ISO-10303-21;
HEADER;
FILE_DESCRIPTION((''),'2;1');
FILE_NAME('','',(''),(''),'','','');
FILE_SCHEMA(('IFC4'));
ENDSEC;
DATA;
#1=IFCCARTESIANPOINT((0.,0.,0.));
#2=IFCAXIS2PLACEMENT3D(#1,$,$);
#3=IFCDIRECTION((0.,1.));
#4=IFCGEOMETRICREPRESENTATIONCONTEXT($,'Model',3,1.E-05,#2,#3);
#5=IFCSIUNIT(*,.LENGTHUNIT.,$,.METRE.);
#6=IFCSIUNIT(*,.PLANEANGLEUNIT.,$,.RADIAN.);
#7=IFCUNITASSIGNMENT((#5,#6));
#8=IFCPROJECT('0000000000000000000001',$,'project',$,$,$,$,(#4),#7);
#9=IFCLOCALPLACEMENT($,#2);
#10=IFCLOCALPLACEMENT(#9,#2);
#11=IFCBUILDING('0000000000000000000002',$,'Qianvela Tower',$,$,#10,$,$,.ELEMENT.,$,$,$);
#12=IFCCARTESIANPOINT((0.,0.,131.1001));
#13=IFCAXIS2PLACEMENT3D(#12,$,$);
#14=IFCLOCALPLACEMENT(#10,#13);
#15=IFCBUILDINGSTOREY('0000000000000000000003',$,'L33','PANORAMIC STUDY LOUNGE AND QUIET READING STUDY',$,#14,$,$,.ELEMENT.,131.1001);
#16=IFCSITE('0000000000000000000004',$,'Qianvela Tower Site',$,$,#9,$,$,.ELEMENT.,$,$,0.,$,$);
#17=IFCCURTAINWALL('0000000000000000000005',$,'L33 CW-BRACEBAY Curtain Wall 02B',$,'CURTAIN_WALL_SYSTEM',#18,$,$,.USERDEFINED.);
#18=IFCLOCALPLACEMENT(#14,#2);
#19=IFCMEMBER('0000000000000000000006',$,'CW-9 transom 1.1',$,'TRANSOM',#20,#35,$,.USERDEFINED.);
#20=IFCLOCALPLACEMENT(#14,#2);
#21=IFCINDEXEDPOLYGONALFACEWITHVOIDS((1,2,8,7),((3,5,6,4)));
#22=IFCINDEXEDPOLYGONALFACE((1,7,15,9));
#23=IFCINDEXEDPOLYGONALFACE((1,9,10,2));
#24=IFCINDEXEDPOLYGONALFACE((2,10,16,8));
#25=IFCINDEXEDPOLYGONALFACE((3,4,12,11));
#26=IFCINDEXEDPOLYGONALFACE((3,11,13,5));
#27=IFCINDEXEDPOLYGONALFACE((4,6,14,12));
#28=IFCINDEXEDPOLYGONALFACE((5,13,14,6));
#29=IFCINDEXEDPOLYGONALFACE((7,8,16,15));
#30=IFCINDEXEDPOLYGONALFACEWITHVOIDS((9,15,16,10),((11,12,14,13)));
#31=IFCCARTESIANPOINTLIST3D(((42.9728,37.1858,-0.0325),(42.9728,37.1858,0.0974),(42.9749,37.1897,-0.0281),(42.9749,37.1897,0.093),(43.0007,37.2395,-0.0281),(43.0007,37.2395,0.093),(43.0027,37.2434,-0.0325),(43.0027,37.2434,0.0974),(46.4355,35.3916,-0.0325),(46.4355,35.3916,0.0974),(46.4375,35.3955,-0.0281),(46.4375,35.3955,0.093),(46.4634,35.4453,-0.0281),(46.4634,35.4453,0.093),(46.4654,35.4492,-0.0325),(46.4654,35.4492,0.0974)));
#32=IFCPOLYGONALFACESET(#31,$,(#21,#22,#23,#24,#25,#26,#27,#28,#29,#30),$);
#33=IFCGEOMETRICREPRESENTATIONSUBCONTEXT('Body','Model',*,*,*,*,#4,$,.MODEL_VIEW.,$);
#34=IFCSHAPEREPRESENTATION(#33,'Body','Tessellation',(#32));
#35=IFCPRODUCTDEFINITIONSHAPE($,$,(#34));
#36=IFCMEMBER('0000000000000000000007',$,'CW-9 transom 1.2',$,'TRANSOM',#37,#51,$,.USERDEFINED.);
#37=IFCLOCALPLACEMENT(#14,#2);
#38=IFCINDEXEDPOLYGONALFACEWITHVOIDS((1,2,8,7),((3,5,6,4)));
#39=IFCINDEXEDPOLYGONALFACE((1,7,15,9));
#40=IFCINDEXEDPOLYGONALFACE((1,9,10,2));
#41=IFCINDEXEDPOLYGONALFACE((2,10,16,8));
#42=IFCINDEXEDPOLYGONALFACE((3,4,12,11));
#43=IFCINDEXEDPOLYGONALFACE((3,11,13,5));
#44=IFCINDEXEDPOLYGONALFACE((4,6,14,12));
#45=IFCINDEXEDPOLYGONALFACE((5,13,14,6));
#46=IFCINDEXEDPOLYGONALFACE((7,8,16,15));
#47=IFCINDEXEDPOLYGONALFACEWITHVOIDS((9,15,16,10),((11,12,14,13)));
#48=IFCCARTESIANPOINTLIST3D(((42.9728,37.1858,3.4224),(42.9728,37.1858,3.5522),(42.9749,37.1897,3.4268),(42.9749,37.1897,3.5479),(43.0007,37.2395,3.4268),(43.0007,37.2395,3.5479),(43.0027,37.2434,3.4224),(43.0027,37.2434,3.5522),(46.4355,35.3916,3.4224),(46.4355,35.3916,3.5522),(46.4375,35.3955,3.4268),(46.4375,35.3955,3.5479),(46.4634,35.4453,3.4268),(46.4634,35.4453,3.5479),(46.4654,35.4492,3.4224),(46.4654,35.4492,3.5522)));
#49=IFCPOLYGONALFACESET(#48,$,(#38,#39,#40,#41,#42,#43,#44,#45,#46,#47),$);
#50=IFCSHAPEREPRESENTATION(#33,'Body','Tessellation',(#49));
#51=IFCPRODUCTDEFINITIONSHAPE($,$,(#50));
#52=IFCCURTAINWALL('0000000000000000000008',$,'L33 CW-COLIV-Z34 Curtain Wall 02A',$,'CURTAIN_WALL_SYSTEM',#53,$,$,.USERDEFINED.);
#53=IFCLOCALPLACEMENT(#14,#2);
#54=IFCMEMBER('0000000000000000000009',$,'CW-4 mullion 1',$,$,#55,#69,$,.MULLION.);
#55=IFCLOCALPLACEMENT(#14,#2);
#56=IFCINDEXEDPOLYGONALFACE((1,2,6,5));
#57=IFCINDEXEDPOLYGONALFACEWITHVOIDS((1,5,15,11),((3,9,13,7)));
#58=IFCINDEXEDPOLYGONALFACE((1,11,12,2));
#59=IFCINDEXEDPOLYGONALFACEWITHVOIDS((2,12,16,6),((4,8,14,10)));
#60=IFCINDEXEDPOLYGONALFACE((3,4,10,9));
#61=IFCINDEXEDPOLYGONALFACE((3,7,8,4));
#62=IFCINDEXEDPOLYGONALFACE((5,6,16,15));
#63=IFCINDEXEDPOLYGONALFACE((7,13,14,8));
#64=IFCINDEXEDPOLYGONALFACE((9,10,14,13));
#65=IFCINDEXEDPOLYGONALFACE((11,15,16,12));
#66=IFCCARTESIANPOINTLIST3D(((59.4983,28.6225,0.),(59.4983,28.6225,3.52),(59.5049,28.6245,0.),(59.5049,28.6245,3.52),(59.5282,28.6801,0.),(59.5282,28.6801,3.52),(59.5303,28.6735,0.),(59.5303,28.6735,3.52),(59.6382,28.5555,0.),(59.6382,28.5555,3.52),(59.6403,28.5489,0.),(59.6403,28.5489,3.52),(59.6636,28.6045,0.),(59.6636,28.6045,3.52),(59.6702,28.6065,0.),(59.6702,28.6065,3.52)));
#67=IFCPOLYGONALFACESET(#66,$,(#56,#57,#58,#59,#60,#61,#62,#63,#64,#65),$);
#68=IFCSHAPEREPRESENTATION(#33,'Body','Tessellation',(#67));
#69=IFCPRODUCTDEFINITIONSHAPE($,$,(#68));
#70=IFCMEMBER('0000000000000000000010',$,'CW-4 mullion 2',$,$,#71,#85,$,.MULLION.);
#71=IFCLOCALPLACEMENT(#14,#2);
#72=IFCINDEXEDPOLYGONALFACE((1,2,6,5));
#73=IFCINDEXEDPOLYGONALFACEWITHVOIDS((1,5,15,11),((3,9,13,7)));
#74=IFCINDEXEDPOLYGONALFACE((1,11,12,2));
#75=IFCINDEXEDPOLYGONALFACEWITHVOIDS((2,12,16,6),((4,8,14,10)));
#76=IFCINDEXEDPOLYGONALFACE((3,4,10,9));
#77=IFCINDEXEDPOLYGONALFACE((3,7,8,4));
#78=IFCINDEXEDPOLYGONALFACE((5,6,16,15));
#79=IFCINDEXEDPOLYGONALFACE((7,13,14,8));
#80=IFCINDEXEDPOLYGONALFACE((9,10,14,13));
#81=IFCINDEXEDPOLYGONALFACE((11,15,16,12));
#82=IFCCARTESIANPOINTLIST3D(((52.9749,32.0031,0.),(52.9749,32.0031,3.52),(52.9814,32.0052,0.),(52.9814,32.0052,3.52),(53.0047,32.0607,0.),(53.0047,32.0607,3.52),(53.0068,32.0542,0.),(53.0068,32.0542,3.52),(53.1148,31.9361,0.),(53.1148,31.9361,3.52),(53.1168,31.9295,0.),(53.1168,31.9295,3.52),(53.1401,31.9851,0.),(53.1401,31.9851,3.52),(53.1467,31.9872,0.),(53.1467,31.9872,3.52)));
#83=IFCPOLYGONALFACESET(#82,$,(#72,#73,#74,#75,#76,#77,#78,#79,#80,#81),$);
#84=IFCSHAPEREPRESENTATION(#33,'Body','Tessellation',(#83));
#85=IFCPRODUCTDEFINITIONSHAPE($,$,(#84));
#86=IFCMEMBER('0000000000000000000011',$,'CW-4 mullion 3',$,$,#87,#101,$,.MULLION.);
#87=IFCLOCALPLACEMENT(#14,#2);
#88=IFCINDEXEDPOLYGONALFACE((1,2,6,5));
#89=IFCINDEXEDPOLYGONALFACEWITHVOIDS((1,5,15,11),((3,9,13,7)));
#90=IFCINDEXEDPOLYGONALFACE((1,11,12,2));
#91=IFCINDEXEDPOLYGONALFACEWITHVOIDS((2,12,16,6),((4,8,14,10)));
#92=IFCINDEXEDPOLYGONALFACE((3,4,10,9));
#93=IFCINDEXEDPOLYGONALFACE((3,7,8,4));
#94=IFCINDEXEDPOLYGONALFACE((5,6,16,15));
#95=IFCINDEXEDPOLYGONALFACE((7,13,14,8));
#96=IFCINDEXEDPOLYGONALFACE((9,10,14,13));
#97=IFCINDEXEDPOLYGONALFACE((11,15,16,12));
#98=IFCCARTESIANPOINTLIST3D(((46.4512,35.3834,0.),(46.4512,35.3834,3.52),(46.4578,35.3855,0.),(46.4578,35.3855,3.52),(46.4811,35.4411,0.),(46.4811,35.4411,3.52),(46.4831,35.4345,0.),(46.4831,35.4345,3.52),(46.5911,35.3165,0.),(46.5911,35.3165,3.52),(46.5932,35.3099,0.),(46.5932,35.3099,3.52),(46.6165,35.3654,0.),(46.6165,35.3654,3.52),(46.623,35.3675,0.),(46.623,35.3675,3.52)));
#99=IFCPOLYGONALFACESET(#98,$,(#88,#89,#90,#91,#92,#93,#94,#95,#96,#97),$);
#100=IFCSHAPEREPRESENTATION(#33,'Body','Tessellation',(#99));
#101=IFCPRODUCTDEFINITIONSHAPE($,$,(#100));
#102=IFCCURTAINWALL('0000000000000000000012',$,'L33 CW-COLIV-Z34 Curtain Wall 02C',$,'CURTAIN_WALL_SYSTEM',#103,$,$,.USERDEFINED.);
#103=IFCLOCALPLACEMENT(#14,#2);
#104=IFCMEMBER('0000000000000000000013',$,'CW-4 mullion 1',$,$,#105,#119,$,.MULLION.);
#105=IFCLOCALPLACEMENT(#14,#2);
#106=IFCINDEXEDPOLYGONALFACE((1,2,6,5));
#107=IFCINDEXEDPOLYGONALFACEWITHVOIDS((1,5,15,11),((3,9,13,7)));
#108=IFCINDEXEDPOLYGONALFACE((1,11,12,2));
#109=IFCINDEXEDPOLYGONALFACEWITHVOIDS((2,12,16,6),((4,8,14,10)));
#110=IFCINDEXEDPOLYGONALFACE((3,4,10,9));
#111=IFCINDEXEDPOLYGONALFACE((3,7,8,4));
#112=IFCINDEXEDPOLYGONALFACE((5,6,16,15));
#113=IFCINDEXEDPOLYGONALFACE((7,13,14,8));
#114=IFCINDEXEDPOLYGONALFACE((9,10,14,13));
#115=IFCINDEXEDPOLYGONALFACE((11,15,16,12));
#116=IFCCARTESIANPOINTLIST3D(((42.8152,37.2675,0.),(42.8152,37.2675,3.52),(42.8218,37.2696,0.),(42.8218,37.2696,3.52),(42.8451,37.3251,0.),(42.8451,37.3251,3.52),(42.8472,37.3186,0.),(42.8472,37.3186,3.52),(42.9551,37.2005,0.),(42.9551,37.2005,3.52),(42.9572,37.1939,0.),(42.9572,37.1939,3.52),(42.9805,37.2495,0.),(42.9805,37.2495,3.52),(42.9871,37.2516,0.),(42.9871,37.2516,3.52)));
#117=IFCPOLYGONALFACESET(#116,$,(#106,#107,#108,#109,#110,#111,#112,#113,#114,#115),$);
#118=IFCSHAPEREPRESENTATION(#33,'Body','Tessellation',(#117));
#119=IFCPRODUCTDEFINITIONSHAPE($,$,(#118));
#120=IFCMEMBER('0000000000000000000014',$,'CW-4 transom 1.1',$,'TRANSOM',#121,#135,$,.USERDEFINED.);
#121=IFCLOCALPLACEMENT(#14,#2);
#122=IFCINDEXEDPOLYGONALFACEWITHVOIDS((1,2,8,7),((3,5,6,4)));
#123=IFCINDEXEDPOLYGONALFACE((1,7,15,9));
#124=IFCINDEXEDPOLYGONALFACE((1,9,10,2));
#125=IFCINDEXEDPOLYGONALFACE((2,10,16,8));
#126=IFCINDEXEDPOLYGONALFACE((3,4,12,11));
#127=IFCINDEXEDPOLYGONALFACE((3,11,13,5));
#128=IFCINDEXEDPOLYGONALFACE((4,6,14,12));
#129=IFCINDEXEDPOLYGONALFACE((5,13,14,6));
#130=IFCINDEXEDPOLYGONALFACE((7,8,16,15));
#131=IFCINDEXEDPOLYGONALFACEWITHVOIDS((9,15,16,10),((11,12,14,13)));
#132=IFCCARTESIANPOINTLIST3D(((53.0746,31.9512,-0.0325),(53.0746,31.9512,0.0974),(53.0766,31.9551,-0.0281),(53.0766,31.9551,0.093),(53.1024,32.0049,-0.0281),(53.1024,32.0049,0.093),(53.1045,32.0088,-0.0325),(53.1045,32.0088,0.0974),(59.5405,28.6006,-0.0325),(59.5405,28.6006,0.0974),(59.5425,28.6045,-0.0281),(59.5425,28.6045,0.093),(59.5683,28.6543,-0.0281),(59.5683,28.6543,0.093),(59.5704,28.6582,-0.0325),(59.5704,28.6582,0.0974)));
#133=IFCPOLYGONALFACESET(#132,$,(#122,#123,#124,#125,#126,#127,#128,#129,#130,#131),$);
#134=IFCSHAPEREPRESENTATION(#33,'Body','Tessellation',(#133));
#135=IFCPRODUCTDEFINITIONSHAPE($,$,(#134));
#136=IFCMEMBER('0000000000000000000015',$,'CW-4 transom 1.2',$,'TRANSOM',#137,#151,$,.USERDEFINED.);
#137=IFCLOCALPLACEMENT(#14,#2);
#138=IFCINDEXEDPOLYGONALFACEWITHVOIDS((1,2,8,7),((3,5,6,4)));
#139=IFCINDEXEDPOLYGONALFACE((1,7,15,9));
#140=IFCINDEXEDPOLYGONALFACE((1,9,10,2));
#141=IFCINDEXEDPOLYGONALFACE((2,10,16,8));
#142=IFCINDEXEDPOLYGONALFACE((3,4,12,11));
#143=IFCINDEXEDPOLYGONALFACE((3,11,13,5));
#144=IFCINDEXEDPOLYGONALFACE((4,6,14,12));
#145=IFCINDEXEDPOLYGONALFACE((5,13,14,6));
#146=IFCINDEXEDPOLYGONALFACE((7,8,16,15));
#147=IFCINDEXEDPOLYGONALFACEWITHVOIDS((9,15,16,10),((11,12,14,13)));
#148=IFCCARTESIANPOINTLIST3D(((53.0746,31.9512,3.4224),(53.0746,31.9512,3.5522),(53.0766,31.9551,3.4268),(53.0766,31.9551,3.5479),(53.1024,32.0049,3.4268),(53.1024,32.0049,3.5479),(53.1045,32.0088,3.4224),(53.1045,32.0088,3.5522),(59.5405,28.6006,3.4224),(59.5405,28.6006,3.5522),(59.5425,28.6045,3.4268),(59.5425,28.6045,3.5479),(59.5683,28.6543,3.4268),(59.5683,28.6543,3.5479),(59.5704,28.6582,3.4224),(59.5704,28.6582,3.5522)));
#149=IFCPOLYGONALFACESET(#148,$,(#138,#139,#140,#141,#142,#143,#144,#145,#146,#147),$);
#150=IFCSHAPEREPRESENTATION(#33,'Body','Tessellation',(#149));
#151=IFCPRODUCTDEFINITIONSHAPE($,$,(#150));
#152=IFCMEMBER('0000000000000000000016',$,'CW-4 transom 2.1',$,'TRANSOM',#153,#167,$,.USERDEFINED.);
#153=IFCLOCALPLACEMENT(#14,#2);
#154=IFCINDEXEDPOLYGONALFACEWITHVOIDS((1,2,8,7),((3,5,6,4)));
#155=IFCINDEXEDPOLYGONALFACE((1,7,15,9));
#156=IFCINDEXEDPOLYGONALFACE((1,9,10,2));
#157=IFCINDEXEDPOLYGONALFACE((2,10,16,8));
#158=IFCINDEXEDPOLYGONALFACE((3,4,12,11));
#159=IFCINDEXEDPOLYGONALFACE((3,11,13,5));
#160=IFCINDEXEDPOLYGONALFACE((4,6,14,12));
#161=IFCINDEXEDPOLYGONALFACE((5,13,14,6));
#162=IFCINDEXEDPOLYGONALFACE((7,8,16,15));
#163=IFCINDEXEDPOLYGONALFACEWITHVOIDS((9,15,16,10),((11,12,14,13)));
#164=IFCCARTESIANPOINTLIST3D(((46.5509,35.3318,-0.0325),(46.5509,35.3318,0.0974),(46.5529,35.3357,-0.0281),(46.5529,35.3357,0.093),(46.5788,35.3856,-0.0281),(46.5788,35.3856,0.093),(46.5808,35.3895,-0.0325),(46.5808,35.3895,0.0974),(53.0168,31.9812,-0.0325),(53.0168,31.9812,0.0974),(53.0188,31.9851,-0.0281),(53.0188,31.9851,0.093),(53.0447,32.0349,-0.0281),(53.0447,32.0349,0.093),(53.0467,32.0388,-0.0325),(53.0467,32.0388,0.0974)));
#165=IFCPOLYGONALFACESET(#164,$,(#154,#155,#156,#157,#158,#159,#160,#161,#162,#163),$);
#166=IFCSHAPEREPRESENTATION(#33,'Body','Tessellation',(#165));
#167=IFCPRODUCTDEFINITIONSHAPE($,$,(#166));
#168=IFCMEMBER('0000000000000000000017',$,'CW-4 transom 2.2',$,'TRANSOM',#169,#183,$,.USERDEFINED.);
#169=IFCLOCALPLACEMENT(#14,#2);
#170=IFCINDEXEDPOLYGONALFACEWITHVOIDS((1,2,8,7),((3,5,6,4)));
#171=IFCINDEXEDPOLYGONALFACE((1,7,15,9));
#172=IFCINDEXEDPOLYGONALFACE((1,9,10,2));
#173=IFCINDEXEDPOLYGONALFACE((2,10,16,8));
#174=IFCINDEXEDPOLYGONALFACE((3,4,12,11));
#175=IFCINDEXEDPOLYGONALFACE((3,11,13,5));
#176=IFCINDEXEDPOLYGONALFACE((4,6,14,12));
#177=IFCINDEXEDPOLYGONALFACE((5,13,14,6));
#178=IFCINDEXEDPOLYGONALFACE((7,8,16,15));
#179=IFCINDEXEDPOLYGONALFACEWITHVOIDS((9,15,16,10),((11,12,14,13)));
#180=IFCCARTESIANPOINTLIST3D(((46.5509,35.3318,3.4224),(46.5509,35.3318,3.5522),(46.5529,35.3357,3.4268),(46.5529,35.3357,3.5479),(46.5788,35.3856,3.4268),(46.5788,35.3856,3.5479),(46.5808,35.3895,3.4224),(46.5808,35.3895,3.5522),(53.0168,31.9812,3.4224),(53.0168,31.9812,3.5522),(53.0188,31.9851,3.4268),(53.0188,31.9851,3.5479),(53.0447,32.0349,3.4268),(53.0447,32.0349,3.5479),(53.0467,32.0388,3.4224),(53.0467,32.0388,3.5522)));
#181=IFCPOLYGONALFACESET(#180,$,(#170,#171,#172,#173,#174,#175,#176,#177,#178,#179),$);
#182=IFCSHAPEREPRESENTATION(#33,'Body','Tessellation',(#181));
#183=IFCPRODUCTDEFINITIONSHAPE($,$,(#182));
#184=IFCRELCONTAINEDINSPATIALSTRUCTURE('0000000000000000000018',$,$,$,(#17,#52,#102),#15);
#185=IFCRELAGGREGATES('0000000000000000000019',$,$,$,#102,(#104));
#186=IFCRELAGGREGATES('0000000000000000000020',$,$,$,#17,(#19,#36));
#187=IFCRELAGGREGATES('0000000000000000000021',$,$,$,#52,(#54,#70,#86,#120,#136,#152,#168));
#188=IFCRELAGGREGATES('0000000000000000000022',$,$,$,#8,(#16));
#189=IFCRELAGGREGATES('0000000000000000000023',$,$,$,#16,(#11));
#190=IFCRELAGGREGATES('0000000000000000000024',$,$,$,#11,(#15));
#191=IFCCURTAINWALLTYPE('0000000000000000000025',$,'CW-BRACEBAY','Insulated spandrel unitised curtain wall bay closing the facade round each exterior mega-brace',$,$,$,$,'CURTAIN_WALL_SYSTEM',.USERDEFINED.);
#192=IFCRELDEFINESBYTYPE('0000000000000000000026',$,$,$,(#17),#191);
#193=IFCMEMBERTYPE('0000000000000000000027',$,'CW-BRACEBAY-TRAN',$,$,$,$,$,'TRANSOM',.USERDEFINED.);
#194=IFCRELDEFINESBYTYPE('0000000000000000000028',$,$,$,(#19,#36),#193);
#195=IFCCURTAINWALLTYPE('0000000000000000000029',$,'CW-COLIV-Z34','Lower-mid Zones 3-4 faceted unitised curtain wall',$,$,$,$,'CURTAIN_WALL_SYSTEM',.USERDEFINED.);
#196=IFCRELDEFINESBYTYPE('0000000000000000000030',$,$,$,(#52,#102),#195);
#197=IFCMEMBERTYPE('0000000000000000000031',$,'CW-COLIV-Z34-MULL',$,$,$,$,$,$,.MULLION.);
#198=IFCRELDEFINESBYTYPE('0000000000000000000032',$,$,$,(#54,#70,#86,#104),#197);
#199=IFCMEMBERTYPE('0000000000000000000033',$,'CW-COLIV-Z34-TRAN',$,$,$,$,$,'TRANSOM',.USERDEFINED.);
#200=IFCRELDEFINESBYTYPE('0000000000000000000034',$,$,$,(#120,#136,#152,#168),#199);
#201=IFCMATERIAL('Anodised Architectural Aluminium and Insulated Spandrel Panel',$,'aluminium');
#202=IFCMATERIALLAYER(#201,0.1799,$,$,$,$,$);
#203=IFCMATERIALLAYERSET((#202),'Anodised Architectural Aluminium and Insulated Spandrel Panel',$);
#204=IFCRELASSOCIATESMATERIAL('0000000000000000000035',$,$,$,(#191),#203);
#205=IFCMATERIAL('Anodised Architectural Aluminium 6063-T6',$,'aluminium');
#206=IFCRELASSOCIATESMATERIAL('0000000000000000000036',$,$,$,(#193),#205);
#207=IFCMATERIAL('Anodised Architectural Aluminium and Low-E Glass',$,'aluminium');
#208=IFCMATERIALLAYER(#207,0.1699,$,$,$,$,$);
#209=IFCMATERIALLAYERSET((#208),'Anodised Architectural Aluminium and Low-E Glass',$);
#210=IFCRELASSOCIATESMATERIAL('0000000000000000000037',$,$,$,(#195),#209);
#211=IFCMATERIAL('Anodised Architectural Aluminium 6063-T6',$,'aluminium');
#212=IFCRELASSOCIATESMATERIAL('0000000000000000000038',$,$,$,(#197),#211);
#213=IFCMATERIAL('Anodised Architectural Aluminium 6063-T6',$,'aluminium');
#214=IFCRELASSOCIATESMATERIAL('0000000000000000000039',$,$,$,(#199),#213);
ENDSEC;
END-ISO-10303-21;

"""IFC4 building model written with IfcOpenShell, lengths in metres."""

from ifc_helpers import new_model, si_unit, direction, frame, origin, origin_2d, place, context, subcontext, project, spatial, hollow_rectangle, extrude, material, layer, layer_set, material_profile, profile_set, type_object, element, aggregate, save


model = new_model("IFC4")

# Units and contexts
model_context = context("Model", 3, precision=1e-05, world=origin(), true_north=direction((0.0, 1.0)))
body_context = subcontext(model_context, "Body", "Model", "MODEL_VIEW")
ifc_project = project(units=[si_unit("LENGTHUNIT", "METRE"), si_unit("PLANEANGLEUNIT", "RADIAN")], contexts=[model_context])

# Site, building, storey
site_placement = place(None, origin())
site = spatial("IfcSite", under=ifc_project, at=site_placement, Name="Qianvela Tower Site", CompositionType="ELEMENT", RefElevation=0.0)
building_placement = place(site_placement, origin())
building = spatial("IfcBuilding", under=site, at=building_placement, Name="Qianvela Tower", CompositionType="ELEMENT")
storey_placement = place(building_placement, frame((0.0, 0.0, 131.1001)))
storey = spatial("IfcBuildingStorey", under=building, at=storey_placement, Name="L33", Description="PANORAMIC STUDY LOUNGE AND QUIET READING STUDY", CompositionType="ELEMENT", Elevation=131.1001)

# Curtain walls, members
ifc_material_1 = material(Name="Anodised Architectural Aluminium and Insulated Spandrel Panel", Category="aluminium")
ifc_layer_1 = layer(ifc_material_1, 0.1799)
ifc_layer_set_1 = layer_set([ifc_layer_1], Name="Anodised Architectural Aluminium and Insulated Spandrel Panel")
curtain_wall_type_1 = type_object("IfcCurtainWallType", Name="CW-BRACEBAY", Description="Insulated spandrel unitised curtain wall bay closing the facade round each exterior mega-brace", ElementType="CURTAIN_WALL_SYSTEM", PredefinedType="USERDEFINED", material=ifc_layer_set_1)
curtain_wall_1_placement = place(storey_placement, origin())
curtain_wall_1 = element("IfcCurtainWall", 1, at=curtain_wall_1_placement, inside=storey, type_object=curtain_wall_type_1, Name="L33 CW-BRACEBAY Curtain Wall 02B", ObjectType="CURTAIN_WALL_SYSTEM", PredefinedType="USERDEFINED")
ifc_material_2 = material(Name="Anodised Architectural Aluminium 6063-T6", Category="aluminium")
ifc_material_profile_1 = material_profile(ifc_material_2, hollow_rectangle(XDim=0.0649, YDim=0.1299, WallThickness=0.0044, at=origin_2d()), Name="ALU-TRAN-65x130")
ifc_profile_set_1 = profile_set([ifc_material_profile_1], Name="Anodised Architectural Aluminium 6063-T6")
member_type_1 = type_object("IfcMemberType", Name="CW-BRACEBAY-TRAN", ElementType="TRANSOM", PredefinedType="USERDEFINED", material=ifc_profile_set_1)
member_1_placement = place(storey_placement, frame((46.4504, 35.4204, 0.0325), z_axis=(-0.887886, 0.460063, 0.0), x_axis=(-0.460063, -0.887886, 0.0)))
member_1 = element("IfcMember", 2, at=member_1_placement, type_object=member_type_1, Name="CW-9 transom 1.1", ObjectType="TRANSOM", PredefinedType="USERDEFINED", context=body_context, shape_type="SweptSolid", body=[
    extrude(hollow_rectangle(XDim=0.0649, YDim=0.1299, WallThickness=0.0044, at=origin_2d()), origin(), (0.0, 0.0, 1.0), 3.8999),
])
member_2_placement = place(storey_placement, frame((46.4504, 35.4204, 3.4873), z_axis=(-0.887886, 0.460063, 0.0), x_axis=(-0.460063, -0.887886, 0.0)))
member_2 = element("IfcMember", 3, at=member_2_placement, type_object=member_type_1, Name="CW-9 transom 1.2", ObjectType="TRANSOM", PredefinedType="USERDEFINED", context=body_context, shape_type="SweptSolid", body=[
    extrude(hollow_rectangle(XDim=0.0649, YDim=0.1299, WallThickness=0.0044, at=origin_2d()), origin(), (0.0, 0.0, 1.0), 3.8999),
])
ifc_material_3 = material(Name="Anodised Architectural Aluminium and Low-E Glass", Category="aluminium")
ifc_layer_2 = layer(ifc_material_3, 0.1699)
ifc_layer_set_2 = layer_set([ifc_layer_2], Name="Anodised Architectural Aluminium and Low-E Glass")
curtain_wall_type_2 = type_object("IfcCurtainWallType", Name="CW-COLIV-Z34", Description="Lower-mid Zones 3-4 faceted unitised curtain wall", ElementType="CURTAIN_WALL_SYSTEM", PredefinedType="USERDEFINED", material=ifc_layer_set_2)
curtain_wall_2_placement = place(storey_placement, origin())
curtain_wall_2 = element("IfcCurtainWall", 4, at=curtain_wall_2_placement, inside=storey, type_object=curtain_wall_type_2, Name="L33 CW-COLIV-Z34 Curtain Wall 02A", ObjectType="CURTAIN_WALL_SYSTEM", PredefinedType="USERDEFINED")
ifc_material_4 = material(Name="Anodised Architectural Aluminium 6063-T6", Category="aluminium")
ifc_material_profile_2 = material_profile(ifc_material_4, hollow_rectangle(XDim=0.0649, YDim=0.1599, WallThickness=0.0049, at=origin_2d()), Name="ALU-MULL-65x160")
ifc_profile_set_2 = profile_set([ifc_material_profile_2], Name="Anodised Architectural Aluminium 6063-T6")
member_type_2 = type_object("IfcMemberType", Name="CW-COLIV-Z34-MULL", PredefinedType="MULLION", material=ifc_profile_set_2)
member_3_placement = place(storey_placement, frame((59.5842, 28.6145, 0.0), z_axis=(0.0, 0.0, 1.0), x_axis=(-0.460094, -0.88787, 0.0)))
member_3 = element("IfcMember", 5, at=member_3_placement, type_object=member_type_2, Name="CW-4 mullion 1", PredefinedType="MULLION", context=body_context, shape_type="SweptSolid", body=[
    extrude(hollow_rectangle(XDim=0.0649, YDim=0.1599, WallThickness=0.0049, at=origin_2d()), origin(), (0.0, 0.0, 1.0), 3.52),
])
member_4_placement = place(storey_placement, frame((53.0608, 31.9951, 0.0), z_axis=(0.0, 0.0, 1.0), x_axis=(-0.460094, -0.88787, 0.0)))
member_4 = element("IfcMember", 6, at=member_4_placement, type_object=member_type_2, Name="CW-4 mullion 2", PredefinedType="MULLION", context=body_context, shape_type="SweptSolid", body=[
    extrude(hollow_rectangle(XDim=0.0649, YDim=0.1599, WallThickness=0.0049, at=origin_2d()), origin(), (0.0, 0.0, 1.0), 3.52),
])
member_5_placement = place(storey_placement, frame((46.5371, 35.3755, 0.0), z_axis=(0.0, 0.0, 1.0), x_axis=(-0.460094, -0.88787, 0.0)))
member_5 = element("IfcMember", 7, at=member_5_placement, type_object=member_type_2, Name="CW-4 mullion 3", PredefinedType="MULLION", context=body_context, shape_type="SweptSolid", body=[
    extrude(hollow_rectangle(XDim=0.0649, YDim=0.1599, WallThickness=0.0049, at=origin_2d()), origin(), (0.0, 0.0, 1.0), 3.52),
])

# Curtain wall, member
curtain_wall_3_placement = place(storey_placement, origin())
curtain_wall_3 = element("IfcCurtainWall", 8, at=curtain_wall_3_placement, inside=storey, type_object=curtain_wall_type_2, Name="L33 CW-COLIV-Z34 Curtain Wall 02C", ObjectType="CURTAIN_WALL_SYSTEM", PredefinedType="USERDEFINED")
member_6_placement = place(storey_placement, frame((42.9011, 37.2595, 0.0), z_axis=(0.0, 0.0, 1.0), x_axis=(-0.460094, -0.88787, 0.0)))
member_6 = element("IfcMember", 9, at=member_6_placement, type_object=member_type_2, Name="CW-4 mullion 1", PredefinedType="MULLION", context=body_context, shape_type="SweptSolid", body=[
    extrude(hollow_rectangle(XDim=0.0649, YDim=0.1599, WallThickness=0.0049, at=origin_2d()), origin(), (0.0, 0.0, 1.0), 3.52),
])

# Members
ifc_material_5 = material(Name="Anodised Architectural Aluminium 6063-T6", Category="aluminium")
ifc_material_profile_3 = material_profile(ifc_material_5, hollow_rectangle(XDim=0.0649, YDim=0.1299, WallThickness=0.0044, at=origin_2d()), Name="ALU-TRAN-65x130")
ifc_profile_set_3 = profile_set([ifc_material_profile_3], Name="Anodised Architectural Aluminium 6063-T6")
member_type_3 = type_object("IfcMemberType", Name="CW-COLIV-Z34-TRAN", ElementType="TRANSOM", PredefinedType="USERDEFINED", material=ifc_profile_set_3)
member_7_placement = place(storey_placement, frame((59.5554, 28.6294, 0.0325), z_axis=(-0.88787, 0.460094, 0.0), x_axis=(-0.460094, -0.88787, 0.0)))
member_7 = element("IfcMember", 10, at=member_7_placement, type_object=member_type_3, Name="CW-4 transom 1.1", ObjectType="TRANSOM", PredefinedType="USERDEFINED", context=body_context, shape_type="SweptSolid", body=[
    extrude(hollow_rectangle(XDim=0.0649, YDim=0.1299, WallThickness=0.0044, at=origin_2d()), origin(), (0.0, 0.0, 1.0), 7.2825),
])
member_8_placement = place(storey_placement, frame((59.5554, 28.6294, 3.4873), z_axis=(-0.88787, 0.460094, 0.0), x_axis=(-0.460094, -0.88787, 0.0)))
member_8 = element("IfcMember", 11, at=member_8_placement, type_object=member_type_3, Name="CW-4 transom 1.2", ObjectType="TRANSOM", PredefinedType="USERDEFINED", context=body_context, shape_type="SweptSolid", body=[
    extrude(hollow_rectangle(XDim=0.0649, YDim=0.1299, WallThickness=0.0044, at=origin_2d()), origin(), (0.0, 0.0, 1.0), 7.2825),
])
member_9_placement = place(storey_placement, frame((53.0317, 32.01, 0.0325), z_axis=(-0.88787, 0.460094, 0.0), x_axis=(-0.460094, -0.88787, 0.0)))
member_9 = element("IfcMember", 12, at=member_9_placement, type_object=member_type_3, Name="CW-4 transom 2.1", ObjectType="TRANSOM", PredefinedType="USERDEFINED", context=body_context, shape_type="SweptSolid", body=[
    extrude(hollow_rectangle(XDim=0.0649, YDim=0.1299, WallThickness=0.0044, at=origin_2d()), origin(), (0.0, 0.0, 1.0), 7.2825),
])
member_10_placement = place(storey_placement, frame((53.0317, 32.01, 3.4873), z_axis=(-0.88787, 0.460094, 0.0), x_axis=(-0.460094, -0.88787, 0.0)))
member_10 = element("IfcMember", 13, at=member_10_placement, type_object=member_type_3, Name="CW-4 transom 2.2", ObjectType="TRANSOM", PredefinedType="USERDEFINED", context=body_context, shape_type="SweptSolid", body=[
    extrude(hollow_rectangle(XDim=0.0649, YDim=0.1299, WallThickness=0.0044, at=origin_2d()), origin(), (0.0, 0.0, 1.0), 7.2825),
])
aggregate(curtain_wall_3, [member_6])

aggregate(curtain_wall_1, [member_1, member_2])
aggregate(curtain_wall_2, [member_3, member_4, member_5, member_7, member_8, member_9, member_10])

save(model, "model.ifc")
